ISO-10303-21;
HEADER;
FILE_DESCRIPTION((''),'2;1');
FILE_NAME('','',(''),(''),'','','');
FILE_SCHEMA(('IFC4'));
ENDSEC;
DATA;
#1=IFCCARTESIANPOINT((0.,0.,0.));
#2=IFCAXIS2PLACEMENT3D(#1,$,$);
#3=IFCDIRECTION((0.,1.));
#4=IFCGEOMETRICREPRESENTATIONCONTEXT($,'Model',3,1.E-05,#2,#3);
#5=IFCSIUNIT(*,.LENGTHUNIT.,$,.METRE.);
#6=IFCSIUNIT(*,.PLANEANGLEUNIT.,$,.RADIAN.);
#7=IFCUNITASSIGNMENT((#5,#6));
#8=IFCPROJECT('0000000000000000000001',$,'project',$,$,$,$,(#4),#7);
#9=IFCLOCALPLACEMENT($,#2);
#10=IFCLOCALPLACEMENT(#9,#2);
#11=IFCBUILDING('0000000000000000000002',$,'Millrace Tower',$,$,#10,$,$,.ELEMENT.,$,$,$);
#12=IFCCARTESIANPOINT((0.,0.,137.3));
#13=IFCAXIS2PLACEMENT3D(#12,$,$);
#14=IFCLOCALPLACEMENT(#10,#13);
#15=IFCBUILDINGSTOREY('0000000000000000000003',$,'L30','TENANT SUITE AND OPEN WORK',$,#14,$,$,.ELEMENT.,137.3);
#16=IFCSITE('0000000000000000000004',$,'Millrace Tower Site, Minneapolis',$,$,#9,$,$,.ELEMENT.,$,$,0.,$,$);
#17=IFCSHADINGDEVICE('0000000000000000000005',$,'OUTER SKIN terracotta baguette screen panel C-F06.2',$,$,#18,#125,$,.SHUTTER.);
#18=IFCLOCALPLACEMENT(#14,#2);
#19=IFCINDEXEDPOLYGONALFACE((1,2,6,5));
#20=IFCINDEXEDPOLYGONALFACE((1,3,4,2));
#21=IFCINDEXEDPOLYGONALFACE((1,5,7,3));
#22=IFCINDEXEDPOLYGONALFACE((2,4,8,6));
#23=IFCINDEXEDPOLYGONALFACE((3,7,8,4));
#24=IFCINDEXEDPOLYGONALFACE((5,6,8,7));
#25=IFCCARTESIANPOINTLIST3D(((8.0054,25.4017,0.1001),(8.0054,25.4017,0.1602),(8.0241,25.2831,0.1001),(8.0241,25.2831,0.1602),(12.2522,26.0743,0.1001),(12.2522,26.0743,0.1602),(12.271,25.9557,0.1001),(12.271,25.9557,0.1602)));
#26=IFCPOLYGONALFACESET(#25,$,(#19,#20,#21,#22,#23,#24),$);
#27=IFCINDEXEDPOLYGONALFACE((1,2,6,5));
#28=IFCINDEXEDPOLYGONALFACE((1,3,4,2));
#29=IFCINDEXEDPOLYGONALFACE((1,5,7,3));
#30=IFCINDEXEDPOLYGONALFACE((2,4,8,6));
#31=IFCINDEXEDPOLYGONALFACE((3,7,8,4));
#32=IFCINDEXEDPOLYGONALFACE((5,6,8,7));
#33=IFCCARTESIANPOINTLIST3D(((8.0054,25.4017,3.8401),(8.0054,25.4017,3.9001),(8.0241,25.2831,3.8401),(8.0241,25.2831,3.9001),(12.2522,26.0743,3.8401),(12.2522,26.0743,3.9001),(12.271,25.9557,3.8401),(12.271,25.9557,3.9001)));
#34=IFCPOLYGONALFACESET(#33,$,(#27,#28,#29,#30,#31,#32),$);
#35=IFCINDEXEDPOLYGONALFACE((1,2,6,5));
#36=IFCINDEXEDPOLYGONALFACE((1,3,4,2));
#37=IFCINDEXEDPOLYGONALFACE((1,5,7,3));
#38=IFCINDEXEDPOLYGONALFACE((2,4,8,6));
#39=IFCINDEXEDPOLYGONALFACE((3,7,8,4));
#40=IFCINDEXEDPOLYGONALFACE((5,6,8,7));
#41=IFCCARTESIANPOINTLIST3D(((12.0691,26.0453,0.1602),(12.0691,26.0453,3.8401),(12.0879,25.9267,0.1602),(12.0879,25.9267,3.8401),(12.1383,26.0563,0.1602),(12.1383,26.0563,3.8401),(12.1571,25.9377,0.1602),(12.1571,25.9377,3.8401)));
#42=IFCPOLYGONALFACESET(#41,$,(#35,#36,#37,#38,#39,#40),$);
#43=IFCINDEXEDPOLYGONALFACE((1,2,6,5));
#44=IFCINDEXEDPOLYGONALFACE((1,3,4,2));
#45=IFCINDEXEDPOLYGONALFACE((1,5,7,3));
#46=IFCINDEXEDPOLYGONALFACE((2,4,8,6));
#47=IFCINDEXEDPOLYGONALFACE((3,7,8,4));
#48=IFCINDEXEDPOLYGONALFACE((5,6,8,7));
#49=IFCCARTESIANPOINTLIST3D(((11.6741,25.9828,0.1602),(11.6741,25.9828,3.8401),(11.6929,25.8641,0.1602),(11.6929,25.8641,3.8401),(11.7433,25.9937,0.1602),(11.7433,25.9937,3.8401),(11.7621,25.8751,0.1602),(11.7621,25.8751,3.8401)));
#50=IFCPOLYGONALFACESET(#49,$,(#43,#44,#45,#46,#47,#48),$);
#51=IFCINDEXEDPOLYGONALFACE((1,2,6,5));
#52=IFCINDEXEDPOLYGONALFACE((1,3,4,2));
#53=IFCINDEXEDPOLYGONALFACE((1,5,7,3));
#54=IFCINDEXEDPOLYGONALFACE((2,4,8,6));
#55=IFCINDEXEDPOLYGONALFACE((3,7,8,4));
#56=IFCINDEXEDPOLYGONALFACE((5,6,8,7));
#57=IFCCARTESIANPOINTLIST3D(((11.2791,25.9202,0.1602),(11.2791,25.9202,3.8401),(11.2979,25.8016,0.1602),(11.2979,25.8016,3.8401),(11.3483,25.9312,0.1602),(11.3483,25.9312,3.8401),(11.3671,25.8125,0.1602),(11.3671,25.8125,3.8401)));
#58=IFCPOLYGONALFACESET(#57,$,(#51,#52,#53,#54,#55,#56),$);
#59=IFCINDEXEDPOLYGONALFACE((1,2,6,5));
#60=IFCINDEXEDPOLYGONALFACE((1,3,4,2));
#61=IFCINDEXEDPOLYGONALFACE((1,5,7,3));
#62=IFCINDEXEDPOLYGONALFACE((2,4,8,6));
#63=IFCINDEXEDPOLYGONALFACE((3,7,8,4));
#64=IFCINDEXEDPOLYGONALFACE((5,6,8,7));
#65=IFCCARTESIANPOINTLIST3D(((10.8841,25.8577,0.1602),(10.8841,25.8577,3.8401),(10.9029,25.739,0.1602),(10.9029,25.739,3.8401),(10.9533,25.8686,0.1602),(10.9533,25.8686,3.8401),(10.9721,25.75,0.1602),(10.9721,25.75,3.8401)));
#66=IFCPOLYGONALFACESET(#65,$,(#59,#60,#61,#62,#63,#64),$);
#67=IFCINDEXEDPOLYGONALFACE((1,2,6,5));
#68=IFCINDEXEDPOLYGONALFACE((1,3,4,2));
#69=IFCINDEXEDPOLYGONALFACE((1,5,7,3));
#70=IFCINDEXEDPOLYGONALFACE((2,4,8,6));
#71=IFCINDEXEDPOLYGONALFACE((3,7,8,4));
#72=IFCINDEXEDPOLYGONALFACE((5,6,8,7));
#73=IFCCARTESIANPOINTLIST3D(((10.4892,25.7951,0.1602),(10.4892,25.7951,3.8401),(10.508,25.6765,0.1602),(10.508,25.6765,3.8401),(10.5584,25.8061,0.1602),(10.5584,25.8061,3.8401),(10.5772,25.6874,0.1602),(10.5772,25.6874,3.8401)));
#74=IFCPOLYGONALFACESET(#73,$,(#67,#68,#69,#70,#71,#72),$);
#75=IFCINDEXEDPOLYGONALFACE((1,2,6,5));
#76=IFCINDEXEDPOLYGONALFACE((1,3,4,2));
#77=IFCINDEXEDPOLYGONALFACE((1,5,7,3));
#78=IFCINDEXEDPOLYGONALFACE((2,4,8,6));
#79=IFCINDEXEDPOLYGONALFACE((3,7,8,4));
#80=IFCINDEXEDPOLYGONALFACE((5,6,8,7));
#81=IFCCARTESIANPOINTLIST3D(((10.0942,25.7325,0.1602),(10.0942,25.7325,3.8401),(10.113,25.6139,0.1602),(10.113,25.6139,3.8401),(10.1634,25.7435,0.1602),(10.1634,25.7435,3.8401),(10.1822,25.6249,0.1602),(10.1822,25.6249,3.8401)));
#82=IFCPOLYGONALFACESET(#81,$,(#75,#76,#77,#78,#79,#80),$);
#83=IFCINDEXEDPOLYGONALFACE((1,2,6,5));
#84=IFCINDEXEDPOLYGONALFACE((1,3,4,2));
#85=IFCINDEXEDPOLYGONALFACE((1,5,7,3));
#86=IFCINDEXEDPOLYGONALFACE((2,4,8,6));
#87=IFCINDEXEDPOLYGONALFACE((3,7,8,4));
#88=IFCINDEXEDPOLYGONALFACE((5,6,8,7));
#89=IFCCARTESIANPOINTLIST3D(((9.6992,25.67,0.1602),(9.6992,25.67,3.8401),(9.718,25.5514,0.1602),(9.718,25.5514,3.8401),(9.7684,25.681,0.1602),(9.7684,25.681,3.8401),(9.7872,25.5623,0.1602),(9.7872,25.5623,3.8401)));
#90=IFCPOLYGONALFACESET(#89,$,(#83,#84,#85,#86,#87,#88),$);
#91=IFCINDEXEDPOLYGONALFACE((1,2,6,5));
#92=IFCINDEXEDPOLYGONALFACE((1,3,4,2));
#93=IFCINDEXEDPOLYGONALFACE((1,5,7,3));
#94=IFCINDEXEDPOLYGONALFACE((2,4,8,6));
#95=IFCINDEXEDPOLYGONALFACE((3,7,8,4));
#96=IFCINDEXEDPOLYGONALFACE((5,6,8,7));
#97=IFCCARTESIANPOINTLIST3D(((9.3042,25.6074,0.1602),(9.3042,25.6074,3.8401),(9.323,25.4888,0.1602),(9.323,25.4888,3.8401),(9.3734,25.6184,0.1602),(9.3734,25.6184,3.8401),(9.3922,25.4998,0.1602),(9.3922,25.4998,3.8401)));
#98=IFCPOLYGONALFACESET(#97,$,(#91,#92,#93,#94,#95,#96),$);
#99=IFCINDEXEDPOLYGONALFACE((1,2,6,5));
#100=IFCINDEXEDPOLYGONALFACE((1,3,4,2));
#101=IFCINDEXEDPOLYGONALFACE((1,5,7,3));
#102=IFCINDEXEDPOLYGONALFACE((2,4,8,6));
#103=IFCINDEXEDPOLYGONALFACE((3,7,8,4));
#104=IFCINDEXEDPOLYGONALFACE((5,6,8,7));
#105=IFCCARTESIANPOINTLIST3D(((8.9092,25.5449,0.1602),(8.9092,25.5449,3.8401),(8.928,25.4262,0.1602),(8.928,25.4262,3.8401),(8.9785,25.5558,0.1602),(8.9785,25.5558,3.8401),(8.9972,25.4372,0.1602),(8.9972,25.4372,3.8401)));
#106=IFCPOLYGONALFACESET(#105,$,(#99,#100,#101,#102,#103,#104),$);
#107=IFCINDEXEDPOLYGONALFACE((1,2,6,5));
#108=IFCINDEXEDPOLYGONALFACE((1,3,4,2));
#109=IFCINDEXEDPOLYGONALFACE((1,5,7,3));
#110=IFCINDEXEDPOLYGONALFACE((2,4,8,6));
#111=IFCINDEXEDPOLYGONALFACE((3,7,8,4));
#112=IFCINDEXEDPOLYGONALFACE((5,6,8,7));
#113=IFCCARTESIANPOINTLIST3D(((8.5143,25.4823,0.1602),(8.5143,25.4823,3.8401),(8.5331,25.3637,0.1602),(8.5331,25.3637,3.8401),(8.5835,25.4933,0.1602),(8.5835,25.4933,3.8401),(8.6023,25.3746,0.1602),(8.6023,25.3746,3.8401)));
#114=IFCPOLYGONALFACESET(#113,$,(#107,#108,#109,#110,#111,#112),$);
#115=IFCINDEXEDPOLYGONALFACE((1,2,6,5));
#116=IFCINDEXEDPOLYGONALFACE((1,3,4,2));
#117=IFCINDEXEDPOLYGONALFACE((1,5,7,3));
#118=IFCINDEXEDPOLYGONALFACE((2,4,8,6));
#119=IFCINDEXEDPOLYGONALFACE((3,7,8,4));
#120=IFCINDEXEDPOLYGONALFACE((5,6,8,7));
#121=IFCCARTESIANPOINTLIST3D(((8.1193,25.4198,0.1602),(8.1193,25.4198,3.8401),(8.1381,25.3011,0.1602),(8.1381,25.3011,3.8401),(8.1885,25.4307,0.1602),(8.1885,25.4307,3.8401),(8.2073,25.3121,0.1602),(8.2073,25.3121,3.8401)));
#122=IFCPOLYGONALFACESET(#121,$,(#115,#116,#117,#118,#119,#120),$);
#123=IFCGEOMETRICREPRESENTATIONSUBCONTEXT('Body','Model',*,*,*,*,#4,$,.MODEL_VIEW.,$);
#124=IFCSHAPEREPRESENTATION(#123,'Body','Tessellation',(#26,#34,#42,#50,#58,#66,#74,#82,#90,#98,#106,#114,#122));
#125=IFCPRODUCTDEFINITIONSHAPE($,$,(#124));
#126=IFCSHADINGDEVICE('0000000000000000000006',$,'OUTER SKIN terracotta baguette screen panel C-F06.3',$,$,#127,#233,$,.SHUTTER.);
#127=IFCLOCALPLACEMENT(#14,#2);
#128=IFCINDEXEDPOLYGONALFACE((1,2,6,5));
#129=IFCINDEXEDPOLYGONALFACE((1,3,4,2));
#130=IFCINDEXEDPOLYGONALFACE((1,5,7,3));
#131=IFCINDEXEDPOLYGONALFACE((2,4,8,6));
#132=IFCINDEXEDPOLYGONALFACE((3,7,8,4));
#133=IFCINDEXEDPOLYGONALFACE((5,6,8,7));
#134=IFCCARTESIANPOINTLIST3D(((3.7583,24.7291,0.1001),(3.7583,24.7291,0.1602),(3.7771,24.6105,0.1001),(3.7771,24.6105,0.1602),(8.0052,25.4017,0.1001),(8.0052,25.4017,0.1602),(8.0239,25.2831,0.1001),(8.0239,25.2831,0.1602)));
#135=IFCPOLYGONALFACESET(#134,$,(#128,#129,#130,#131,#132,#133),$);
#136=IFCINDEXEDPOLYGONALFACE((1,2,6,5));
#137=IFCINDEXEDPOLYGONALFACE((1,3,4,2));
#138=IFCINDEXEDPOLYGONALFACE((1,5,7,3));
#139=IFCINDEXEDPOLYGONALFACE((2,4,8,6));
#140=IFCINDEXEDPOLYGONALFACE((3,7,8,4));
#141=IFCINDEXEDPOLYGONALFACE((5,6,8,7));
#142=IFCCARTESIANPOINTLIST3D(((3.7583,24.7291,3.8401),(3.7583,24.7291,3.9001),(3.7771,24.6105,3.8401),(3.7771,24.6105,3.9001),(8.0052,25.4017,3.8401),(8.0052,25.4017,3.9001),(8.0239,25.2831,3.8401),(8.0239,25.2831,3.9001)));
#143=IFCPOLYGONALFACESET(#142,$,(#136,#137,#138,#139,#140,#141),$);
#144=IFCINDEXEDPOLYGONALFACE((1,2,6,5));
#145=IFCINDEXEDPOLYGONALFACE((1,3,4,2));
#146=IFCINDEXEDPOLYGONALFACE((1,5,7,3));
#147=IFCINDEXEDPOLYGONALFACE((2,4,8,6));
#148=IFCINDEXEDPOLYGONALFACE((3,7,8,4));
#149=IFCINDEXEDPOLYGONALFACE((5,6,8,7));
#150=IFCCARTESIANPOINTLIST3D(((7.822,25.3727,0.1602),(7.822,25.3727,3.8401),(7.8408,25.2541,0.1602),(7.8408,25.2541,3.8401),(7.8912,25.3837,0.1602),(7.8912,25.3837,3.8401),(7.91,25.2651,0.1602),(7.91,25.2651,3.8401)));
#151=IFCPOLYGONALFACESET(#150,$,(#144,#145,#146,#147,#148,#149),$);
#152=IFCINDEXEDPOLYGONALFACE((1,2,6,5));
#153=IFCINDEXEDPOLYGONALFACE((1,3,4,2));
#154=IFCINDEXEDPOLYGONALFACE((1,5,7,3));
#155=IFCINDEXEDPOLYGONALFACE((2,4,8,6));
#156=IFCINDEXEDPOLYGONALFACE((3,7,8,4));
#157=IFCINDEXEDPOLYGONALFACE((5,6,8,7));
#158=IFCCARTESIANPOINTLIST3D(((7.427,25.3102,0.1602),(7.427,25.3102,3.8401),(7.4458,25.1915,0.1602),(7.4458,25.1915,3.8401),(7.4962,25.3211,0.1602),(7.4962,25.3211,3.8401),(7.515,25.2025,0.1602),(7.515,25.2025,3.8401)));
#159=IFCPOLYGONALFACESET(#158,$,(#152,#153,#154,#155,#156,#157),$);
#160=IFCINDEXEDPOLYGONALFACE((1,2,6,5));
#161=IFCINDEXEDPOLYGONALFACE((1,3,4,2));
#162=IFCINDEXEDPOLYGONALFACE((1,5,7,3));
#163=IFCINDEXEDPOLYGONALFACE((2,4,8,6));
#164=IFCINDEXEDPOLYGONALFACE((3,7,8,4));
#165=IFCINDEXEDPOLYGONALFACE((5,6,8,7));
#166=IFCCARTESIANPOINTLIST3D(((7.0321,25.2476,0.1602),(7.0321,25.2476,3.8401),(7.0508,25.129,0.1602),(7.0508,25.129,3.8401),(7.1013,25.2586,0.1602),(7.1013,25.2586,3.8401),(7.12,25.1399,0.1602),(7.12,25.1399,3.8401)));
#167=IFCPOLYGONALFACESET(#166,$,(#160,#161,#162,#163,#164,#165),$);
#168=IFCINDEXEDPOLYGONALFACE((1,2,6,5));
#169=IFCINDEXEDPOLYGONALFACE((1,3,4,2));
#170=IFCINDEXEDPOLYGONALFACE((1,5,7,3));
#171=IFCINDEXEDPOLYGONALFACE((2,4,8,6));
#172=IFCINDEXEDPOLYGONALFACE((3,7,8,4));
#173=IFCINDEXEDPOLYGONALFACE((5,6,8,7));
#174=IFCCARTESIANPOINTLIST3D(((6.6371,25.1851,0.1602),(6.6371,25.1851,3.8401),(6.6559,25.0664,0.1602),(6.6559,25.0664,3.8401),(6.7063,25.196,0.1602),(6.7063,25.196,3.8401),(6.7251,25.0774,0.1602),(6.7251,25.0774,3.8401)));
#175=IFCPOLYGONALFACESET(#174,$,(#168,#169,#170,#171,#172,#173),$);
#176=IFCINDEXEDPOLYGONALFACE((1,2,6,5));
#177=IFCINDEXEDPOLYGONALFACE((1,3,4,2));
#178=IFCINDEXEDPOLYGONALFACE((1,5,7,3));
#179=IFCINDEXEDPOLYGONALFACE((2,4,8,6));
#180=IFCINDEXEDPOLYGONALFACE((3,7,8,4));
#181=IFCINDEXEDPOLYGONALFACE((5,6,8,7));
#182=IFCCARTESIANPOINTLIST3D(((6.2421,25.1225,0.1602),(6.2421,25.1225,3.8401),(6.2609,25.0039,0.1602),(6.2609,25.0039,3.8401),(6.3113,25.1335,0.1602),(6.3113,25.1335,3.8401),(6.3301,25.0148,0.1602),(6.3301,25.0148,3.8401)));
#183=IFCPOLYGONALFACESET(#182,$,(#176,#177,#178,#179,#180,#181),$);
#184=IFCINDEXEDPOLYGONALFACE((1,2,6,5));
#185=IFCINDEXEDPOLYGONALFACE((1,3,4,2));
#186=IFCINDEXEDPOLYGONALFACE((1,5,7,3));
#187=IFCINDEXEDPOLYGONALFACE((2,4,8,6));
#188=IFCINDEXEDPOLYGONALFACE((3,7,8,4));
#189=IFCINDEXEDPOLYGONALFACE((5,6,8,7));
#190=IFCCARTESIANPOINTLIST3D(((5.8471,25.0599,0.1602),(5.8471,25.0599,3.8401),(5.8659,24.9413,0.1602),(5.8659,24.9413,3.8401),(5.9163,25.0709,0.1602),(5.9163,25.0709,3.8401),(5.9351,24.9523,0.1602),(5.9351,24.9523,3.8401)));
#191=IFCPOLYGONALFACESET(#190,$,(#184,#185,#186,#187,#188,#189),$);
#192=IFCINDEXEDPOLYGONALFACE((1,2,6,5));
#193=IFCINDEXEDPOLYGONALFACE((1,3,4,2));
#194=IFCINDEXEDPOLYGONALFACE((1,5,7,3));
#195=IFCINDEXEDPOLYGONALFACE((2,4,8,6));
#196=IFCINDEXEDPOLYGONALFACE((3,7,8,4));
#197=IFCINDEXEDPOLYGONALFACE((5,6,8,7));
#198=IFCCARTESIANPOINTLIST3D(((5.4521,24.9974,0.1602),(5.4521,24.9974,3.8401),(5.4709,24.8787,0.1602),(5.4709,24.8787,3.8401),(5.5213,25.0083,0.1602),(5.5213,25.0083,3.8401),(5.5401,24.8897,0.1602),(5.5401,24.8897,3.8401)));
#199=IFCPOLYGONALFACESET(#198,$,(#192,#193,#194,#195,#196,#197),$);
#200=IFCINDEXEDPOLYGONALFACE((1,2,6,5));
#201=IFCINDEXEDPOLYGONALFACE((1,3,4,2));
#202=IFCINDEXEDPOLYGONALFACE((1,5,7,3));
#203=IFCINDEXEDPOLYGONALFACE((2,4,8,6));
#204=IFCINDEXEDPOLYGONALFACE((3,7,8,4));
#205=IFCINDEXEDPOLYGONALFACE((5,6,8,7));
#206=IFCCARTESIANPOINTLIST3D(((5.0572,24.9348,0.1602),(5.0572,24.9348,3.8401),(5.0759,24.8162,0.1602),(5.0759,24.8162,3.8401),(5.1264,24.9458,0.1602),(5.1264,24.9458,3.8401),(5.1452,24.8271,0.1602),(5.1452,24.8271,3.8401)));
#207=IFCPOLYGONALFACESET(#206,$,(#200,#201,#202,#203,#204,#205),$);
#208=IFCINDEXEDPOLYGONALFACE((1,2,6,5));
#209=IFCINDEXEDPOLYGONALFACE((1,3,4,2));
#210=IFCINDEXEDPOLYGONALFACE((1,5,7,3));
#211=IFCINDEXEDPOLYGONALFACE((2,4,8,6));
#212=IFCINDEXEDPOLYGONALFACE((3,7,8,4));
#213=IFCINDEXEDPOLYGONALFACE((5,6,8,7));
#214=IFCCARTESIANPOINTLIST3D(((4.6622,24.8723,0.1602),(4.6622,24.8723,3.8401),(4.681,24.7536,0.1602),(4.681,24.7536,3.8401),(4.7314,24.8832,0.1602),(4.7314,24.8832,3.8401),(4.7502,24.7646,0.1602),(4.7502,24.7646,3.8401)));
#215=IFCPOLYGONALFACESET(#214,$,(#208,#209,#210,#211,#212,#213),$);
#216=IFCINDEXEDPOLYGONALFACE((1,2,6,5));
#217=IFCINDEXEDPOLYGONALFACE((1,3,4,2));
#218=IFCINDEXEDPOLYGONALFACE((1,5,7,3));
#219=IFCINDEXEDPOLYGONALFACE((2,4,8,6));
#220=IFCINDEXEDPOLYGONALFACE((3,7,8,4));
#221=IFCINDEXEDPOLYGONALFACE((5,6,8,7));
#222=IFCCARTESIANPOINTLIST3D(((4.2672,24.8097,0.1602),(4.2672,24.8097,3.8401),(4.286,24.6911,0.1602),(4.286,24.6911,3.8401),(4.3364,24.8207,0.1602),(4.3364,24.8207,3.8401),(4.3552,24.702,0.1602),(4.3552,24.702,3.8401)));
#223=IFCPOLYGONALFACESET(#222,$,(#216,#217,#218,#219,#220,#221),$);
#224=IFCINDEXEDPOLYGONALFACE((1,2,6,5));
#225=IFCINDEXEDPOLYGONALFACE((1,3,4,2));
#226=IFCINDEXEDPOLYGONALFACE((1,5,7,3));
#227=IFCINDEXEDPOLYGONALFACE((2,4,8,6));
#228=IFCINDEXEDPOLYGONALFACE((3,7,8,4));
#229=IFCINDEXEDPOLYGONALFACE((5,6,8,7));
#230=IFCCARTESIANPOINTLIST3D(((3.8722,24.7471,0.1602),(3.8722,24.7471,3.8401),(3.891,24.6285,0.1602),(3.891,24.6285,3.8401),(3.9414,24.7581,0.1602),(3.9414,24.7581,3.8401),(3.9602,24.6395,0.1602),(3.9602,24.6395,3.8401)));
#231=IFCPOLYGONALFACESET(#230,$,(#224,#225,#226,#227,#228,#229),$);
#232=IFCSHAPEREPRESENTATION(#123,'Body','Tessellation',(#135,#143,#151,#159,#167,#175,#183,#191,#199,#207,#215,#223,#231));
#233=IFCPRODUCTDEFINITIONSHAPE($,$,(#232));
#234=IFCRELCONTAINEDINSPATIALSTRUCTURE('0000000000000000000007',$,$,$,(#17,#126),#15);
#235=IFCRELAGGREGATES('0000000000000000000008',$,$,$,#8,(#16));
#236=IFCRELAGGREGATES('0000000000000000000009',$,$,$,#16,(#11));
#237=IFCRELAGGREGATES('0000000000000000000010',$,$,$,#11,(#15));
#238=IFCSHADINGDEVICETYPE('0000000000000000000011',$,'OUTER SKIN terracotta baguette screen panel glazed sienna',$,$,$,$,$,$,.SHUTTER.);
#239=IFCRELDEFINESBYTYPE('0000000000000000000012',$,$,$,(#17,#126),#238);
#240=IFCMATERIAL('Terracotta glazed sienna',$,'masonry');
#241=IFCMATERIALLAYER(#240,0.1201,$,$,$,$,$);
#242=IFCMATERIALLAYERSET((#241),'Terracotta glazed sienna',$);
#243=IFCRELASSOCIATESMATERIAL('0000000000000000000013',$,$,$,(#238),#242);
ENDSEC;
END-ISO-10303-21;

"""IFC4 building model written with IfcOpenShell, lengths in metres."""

from ifc_helpers import new_model, entity, si_unit, direction, frame, frame_2d, origin, origin_2d, place, context, subcontext, project, spatial, rectangle, extrude, source, transform, mapped, material, layer, layer_set, type_object, element, save


model = new_model("IFC4")

# Units and contexts
model_context = context("Model", 3, precision=1e-05, world=origin(), true_north=direction((0.0, 1.0)))
body_context = subcontext(model_context, "Body", "Model", "MODEL_VIEW")
ifc_project = project(units=[si_unit("LENGTHUNIT", "METRE"), si_unit("PLANEANGLEUNIT", "RADIAN")], contexts=[model_context])

# Site, building, storey
site_placement = place(None, origin())
site = spatial("IfcSite", under=ifc_project, at=site_placement, Name="Millrace Tower Site, Minneapolis", CompositionType="ELEMENT", RefElevation=0.0)
building_placement = place(site_placement, origin())
building = spatial("IfcBuilding", under=site, at=building_placement, Name="Millrace Tower", CompositionType="ELEMENT")
storey_placement = place(building_placement, frame((0.0, 0.0, 137.3)))
storey = spatial("IfcBuildingStorey", under=building, at=storey_placement, Name="L30", Description="TENANT SUITE AND OPEN WORK", CompositionType="ELEMENT", Elevation=137.3)

# Shading devices
ifc_material_1 = material(Name="Terracotta glazed sienna", Category="masonry")
ifc_layer_1 = layer(ifc_material_1, 0.1201)
ifc_layer_set_1 = layer_set([ifc_layer_1], Name="Terracotta glazed sienna")
shading_device_type = type_object("IfcShadingDeviceType", Name="OUTER SKIN terracotta baguette screen panel glazed sienna", PredefinedType="SHUTTER", material=ifc_layer_set_1)
cartesian_point_1 = entity("IfcCartesianPoint", [-2.1499, 0.0601])
shared_polyline_1 = entity("IfcPolyline", [cartesian_point_1, entity("IfcCartesianPoint", [2.1499, 0.0601]), entity("IfcCartesianPoint", [2.1499, -0.0601]), entity("IfcCartesianPoint", [-2.1499, -0.0601]), cartesian_point_1])
shared_shape_1 = source(origin(), body_context, "Body", "SweptSolid", [
    entity("IfcExtrudedAreaSolid", entity("IfcArbitraryClosedProfileDef", "AREA", None, shared_polyline_1), entity("IfcAxis2Placement3D", entity("IfcCartesianPoint", [0.0, 0.0, 0.0])), entity("IfcDirection", [0.0, 0.0, 1.0]), 0.0601),
    entity("IfcExtrudedAreaSolid", entity("IfcArbitraryClosedProfileDef", "AREA", None, shared_polyline_1), entity("IfcAxis2Placement3D", entity("IfcCartesianPoint", [0.0, 0.0, 3.74])), entity("IfcDirection", [0.0, 0.0, 1.0]), 0.0601),
    extrude(rectangle(XDim=0.0701, YDim=0.1201, at=frame_2d((-1.9995, 0.0))), frame((0.0, 0.0, 0.0601)), (0.0, 0.0, 1.0), 3.6799),
    extrude(rectangle(XDim=0.0701, YDim=0.1201, at=frame_2d((-1.5996, 0.0))), frame((0.0, 0.0, 0.0601)), (0.0, 0.0, 1.0), 3.6799),
    extrude(rectangle(XDim=0.0701, YDim=0.1201, at=frame_2d((-1.1997, 0.0))), frame((0.0, 0.0, 0.0601)), (0.0, 0.0, 1.0), 3.6799),
    extrude(rectangle(XDim=0.0701, YDim=0.1201, at=frame_2d((-0.7998, 0.0))), frame((0.0, 0.0, 0.0601)), (0.0, 0.0, 1.0), 3.6799),
    extrude(rectangle(XDim=0.0701, YDim=0.1201, at=frame_2d((-0.3999, 0.0))), frame((0.0, 0.0, 0.0601)), (0.0, 0.0, 1.0), 3.6799),
    extrude(rectangle(XDim=0.0701, YDim=0.1201, at=origin_2d()), frame((0.0, 0.0, 0.0601)), (0.0, 0.0, 1.0), 3.6799),
    extrude(rectangle(XDim=0.0701, YDim=0.1201, at=frame_2d((0.3999, 0.0))), frame((0.0, 0.0, 0.0601)), (0.0, 0.0, 1.0), 3.6799),
    extrude(rectangle(XDim=0.0701, YDim=0.1201, at=frame_2d((0.7998, 0.0))), frame((0.0, 0.0, 0.0601)), (0.0, 0.0, 1.0), 3.6799),
    extrude(rectangle(XDim=0.0701, YDim=0.1201, at=frame_2d((1.1997, 0.0))), frame((0.0, 0.0, 0.0601)), (0.0, 0.0, 1.0), 3.6799),
    extrude(rectangle(XDim=0.0701, YDim=0.1201, at=frame_2d((1.5996, 0.0))), frame((0.0, 0.0, 0.0601)), (0.0, 0.0, 1.0), 3.6799),
    extrude(rectangle(XDim=0.0701, YDim=0.1201, at=frame_2d((1.9995, 0.0))), frame((0.0, 0.0, 0.0601)), (0.0, 0.0, 1.0), 3.6799),
])
for number, where, z_axis, x_axis, name in (
    (1, (10.1382, 25.6787, 0.1001), (0.0, 0.0, 1.0), (-0.987688, -0.156434, 0.0), "OUTER SKIN terracotta baguette screen panel C-F06.2"),
    (2, (5.8911, 25.0061, 0.1001), (0.0, 0.0, 1.0), (-0.987688, -0.156434, 0.0), "OUTER SKIN terracotta baguette screen panel C-F06.3"),
):
    element("IfcShadingDevice", number, at=place(storey_placement, frame(where, z_axis=z_axis, x_axis=x_axis)), inside=storey, type_object=shading_device_type, Name=name, PredefinedType="SHUTTER", context=body_context, shape_type="MappedRepresentation", body=[
        mapped(shared_shape_1, transform((0.0, 0.0, 0.0), scale=1.0)),
    ])

save(model, "model.ifc")
